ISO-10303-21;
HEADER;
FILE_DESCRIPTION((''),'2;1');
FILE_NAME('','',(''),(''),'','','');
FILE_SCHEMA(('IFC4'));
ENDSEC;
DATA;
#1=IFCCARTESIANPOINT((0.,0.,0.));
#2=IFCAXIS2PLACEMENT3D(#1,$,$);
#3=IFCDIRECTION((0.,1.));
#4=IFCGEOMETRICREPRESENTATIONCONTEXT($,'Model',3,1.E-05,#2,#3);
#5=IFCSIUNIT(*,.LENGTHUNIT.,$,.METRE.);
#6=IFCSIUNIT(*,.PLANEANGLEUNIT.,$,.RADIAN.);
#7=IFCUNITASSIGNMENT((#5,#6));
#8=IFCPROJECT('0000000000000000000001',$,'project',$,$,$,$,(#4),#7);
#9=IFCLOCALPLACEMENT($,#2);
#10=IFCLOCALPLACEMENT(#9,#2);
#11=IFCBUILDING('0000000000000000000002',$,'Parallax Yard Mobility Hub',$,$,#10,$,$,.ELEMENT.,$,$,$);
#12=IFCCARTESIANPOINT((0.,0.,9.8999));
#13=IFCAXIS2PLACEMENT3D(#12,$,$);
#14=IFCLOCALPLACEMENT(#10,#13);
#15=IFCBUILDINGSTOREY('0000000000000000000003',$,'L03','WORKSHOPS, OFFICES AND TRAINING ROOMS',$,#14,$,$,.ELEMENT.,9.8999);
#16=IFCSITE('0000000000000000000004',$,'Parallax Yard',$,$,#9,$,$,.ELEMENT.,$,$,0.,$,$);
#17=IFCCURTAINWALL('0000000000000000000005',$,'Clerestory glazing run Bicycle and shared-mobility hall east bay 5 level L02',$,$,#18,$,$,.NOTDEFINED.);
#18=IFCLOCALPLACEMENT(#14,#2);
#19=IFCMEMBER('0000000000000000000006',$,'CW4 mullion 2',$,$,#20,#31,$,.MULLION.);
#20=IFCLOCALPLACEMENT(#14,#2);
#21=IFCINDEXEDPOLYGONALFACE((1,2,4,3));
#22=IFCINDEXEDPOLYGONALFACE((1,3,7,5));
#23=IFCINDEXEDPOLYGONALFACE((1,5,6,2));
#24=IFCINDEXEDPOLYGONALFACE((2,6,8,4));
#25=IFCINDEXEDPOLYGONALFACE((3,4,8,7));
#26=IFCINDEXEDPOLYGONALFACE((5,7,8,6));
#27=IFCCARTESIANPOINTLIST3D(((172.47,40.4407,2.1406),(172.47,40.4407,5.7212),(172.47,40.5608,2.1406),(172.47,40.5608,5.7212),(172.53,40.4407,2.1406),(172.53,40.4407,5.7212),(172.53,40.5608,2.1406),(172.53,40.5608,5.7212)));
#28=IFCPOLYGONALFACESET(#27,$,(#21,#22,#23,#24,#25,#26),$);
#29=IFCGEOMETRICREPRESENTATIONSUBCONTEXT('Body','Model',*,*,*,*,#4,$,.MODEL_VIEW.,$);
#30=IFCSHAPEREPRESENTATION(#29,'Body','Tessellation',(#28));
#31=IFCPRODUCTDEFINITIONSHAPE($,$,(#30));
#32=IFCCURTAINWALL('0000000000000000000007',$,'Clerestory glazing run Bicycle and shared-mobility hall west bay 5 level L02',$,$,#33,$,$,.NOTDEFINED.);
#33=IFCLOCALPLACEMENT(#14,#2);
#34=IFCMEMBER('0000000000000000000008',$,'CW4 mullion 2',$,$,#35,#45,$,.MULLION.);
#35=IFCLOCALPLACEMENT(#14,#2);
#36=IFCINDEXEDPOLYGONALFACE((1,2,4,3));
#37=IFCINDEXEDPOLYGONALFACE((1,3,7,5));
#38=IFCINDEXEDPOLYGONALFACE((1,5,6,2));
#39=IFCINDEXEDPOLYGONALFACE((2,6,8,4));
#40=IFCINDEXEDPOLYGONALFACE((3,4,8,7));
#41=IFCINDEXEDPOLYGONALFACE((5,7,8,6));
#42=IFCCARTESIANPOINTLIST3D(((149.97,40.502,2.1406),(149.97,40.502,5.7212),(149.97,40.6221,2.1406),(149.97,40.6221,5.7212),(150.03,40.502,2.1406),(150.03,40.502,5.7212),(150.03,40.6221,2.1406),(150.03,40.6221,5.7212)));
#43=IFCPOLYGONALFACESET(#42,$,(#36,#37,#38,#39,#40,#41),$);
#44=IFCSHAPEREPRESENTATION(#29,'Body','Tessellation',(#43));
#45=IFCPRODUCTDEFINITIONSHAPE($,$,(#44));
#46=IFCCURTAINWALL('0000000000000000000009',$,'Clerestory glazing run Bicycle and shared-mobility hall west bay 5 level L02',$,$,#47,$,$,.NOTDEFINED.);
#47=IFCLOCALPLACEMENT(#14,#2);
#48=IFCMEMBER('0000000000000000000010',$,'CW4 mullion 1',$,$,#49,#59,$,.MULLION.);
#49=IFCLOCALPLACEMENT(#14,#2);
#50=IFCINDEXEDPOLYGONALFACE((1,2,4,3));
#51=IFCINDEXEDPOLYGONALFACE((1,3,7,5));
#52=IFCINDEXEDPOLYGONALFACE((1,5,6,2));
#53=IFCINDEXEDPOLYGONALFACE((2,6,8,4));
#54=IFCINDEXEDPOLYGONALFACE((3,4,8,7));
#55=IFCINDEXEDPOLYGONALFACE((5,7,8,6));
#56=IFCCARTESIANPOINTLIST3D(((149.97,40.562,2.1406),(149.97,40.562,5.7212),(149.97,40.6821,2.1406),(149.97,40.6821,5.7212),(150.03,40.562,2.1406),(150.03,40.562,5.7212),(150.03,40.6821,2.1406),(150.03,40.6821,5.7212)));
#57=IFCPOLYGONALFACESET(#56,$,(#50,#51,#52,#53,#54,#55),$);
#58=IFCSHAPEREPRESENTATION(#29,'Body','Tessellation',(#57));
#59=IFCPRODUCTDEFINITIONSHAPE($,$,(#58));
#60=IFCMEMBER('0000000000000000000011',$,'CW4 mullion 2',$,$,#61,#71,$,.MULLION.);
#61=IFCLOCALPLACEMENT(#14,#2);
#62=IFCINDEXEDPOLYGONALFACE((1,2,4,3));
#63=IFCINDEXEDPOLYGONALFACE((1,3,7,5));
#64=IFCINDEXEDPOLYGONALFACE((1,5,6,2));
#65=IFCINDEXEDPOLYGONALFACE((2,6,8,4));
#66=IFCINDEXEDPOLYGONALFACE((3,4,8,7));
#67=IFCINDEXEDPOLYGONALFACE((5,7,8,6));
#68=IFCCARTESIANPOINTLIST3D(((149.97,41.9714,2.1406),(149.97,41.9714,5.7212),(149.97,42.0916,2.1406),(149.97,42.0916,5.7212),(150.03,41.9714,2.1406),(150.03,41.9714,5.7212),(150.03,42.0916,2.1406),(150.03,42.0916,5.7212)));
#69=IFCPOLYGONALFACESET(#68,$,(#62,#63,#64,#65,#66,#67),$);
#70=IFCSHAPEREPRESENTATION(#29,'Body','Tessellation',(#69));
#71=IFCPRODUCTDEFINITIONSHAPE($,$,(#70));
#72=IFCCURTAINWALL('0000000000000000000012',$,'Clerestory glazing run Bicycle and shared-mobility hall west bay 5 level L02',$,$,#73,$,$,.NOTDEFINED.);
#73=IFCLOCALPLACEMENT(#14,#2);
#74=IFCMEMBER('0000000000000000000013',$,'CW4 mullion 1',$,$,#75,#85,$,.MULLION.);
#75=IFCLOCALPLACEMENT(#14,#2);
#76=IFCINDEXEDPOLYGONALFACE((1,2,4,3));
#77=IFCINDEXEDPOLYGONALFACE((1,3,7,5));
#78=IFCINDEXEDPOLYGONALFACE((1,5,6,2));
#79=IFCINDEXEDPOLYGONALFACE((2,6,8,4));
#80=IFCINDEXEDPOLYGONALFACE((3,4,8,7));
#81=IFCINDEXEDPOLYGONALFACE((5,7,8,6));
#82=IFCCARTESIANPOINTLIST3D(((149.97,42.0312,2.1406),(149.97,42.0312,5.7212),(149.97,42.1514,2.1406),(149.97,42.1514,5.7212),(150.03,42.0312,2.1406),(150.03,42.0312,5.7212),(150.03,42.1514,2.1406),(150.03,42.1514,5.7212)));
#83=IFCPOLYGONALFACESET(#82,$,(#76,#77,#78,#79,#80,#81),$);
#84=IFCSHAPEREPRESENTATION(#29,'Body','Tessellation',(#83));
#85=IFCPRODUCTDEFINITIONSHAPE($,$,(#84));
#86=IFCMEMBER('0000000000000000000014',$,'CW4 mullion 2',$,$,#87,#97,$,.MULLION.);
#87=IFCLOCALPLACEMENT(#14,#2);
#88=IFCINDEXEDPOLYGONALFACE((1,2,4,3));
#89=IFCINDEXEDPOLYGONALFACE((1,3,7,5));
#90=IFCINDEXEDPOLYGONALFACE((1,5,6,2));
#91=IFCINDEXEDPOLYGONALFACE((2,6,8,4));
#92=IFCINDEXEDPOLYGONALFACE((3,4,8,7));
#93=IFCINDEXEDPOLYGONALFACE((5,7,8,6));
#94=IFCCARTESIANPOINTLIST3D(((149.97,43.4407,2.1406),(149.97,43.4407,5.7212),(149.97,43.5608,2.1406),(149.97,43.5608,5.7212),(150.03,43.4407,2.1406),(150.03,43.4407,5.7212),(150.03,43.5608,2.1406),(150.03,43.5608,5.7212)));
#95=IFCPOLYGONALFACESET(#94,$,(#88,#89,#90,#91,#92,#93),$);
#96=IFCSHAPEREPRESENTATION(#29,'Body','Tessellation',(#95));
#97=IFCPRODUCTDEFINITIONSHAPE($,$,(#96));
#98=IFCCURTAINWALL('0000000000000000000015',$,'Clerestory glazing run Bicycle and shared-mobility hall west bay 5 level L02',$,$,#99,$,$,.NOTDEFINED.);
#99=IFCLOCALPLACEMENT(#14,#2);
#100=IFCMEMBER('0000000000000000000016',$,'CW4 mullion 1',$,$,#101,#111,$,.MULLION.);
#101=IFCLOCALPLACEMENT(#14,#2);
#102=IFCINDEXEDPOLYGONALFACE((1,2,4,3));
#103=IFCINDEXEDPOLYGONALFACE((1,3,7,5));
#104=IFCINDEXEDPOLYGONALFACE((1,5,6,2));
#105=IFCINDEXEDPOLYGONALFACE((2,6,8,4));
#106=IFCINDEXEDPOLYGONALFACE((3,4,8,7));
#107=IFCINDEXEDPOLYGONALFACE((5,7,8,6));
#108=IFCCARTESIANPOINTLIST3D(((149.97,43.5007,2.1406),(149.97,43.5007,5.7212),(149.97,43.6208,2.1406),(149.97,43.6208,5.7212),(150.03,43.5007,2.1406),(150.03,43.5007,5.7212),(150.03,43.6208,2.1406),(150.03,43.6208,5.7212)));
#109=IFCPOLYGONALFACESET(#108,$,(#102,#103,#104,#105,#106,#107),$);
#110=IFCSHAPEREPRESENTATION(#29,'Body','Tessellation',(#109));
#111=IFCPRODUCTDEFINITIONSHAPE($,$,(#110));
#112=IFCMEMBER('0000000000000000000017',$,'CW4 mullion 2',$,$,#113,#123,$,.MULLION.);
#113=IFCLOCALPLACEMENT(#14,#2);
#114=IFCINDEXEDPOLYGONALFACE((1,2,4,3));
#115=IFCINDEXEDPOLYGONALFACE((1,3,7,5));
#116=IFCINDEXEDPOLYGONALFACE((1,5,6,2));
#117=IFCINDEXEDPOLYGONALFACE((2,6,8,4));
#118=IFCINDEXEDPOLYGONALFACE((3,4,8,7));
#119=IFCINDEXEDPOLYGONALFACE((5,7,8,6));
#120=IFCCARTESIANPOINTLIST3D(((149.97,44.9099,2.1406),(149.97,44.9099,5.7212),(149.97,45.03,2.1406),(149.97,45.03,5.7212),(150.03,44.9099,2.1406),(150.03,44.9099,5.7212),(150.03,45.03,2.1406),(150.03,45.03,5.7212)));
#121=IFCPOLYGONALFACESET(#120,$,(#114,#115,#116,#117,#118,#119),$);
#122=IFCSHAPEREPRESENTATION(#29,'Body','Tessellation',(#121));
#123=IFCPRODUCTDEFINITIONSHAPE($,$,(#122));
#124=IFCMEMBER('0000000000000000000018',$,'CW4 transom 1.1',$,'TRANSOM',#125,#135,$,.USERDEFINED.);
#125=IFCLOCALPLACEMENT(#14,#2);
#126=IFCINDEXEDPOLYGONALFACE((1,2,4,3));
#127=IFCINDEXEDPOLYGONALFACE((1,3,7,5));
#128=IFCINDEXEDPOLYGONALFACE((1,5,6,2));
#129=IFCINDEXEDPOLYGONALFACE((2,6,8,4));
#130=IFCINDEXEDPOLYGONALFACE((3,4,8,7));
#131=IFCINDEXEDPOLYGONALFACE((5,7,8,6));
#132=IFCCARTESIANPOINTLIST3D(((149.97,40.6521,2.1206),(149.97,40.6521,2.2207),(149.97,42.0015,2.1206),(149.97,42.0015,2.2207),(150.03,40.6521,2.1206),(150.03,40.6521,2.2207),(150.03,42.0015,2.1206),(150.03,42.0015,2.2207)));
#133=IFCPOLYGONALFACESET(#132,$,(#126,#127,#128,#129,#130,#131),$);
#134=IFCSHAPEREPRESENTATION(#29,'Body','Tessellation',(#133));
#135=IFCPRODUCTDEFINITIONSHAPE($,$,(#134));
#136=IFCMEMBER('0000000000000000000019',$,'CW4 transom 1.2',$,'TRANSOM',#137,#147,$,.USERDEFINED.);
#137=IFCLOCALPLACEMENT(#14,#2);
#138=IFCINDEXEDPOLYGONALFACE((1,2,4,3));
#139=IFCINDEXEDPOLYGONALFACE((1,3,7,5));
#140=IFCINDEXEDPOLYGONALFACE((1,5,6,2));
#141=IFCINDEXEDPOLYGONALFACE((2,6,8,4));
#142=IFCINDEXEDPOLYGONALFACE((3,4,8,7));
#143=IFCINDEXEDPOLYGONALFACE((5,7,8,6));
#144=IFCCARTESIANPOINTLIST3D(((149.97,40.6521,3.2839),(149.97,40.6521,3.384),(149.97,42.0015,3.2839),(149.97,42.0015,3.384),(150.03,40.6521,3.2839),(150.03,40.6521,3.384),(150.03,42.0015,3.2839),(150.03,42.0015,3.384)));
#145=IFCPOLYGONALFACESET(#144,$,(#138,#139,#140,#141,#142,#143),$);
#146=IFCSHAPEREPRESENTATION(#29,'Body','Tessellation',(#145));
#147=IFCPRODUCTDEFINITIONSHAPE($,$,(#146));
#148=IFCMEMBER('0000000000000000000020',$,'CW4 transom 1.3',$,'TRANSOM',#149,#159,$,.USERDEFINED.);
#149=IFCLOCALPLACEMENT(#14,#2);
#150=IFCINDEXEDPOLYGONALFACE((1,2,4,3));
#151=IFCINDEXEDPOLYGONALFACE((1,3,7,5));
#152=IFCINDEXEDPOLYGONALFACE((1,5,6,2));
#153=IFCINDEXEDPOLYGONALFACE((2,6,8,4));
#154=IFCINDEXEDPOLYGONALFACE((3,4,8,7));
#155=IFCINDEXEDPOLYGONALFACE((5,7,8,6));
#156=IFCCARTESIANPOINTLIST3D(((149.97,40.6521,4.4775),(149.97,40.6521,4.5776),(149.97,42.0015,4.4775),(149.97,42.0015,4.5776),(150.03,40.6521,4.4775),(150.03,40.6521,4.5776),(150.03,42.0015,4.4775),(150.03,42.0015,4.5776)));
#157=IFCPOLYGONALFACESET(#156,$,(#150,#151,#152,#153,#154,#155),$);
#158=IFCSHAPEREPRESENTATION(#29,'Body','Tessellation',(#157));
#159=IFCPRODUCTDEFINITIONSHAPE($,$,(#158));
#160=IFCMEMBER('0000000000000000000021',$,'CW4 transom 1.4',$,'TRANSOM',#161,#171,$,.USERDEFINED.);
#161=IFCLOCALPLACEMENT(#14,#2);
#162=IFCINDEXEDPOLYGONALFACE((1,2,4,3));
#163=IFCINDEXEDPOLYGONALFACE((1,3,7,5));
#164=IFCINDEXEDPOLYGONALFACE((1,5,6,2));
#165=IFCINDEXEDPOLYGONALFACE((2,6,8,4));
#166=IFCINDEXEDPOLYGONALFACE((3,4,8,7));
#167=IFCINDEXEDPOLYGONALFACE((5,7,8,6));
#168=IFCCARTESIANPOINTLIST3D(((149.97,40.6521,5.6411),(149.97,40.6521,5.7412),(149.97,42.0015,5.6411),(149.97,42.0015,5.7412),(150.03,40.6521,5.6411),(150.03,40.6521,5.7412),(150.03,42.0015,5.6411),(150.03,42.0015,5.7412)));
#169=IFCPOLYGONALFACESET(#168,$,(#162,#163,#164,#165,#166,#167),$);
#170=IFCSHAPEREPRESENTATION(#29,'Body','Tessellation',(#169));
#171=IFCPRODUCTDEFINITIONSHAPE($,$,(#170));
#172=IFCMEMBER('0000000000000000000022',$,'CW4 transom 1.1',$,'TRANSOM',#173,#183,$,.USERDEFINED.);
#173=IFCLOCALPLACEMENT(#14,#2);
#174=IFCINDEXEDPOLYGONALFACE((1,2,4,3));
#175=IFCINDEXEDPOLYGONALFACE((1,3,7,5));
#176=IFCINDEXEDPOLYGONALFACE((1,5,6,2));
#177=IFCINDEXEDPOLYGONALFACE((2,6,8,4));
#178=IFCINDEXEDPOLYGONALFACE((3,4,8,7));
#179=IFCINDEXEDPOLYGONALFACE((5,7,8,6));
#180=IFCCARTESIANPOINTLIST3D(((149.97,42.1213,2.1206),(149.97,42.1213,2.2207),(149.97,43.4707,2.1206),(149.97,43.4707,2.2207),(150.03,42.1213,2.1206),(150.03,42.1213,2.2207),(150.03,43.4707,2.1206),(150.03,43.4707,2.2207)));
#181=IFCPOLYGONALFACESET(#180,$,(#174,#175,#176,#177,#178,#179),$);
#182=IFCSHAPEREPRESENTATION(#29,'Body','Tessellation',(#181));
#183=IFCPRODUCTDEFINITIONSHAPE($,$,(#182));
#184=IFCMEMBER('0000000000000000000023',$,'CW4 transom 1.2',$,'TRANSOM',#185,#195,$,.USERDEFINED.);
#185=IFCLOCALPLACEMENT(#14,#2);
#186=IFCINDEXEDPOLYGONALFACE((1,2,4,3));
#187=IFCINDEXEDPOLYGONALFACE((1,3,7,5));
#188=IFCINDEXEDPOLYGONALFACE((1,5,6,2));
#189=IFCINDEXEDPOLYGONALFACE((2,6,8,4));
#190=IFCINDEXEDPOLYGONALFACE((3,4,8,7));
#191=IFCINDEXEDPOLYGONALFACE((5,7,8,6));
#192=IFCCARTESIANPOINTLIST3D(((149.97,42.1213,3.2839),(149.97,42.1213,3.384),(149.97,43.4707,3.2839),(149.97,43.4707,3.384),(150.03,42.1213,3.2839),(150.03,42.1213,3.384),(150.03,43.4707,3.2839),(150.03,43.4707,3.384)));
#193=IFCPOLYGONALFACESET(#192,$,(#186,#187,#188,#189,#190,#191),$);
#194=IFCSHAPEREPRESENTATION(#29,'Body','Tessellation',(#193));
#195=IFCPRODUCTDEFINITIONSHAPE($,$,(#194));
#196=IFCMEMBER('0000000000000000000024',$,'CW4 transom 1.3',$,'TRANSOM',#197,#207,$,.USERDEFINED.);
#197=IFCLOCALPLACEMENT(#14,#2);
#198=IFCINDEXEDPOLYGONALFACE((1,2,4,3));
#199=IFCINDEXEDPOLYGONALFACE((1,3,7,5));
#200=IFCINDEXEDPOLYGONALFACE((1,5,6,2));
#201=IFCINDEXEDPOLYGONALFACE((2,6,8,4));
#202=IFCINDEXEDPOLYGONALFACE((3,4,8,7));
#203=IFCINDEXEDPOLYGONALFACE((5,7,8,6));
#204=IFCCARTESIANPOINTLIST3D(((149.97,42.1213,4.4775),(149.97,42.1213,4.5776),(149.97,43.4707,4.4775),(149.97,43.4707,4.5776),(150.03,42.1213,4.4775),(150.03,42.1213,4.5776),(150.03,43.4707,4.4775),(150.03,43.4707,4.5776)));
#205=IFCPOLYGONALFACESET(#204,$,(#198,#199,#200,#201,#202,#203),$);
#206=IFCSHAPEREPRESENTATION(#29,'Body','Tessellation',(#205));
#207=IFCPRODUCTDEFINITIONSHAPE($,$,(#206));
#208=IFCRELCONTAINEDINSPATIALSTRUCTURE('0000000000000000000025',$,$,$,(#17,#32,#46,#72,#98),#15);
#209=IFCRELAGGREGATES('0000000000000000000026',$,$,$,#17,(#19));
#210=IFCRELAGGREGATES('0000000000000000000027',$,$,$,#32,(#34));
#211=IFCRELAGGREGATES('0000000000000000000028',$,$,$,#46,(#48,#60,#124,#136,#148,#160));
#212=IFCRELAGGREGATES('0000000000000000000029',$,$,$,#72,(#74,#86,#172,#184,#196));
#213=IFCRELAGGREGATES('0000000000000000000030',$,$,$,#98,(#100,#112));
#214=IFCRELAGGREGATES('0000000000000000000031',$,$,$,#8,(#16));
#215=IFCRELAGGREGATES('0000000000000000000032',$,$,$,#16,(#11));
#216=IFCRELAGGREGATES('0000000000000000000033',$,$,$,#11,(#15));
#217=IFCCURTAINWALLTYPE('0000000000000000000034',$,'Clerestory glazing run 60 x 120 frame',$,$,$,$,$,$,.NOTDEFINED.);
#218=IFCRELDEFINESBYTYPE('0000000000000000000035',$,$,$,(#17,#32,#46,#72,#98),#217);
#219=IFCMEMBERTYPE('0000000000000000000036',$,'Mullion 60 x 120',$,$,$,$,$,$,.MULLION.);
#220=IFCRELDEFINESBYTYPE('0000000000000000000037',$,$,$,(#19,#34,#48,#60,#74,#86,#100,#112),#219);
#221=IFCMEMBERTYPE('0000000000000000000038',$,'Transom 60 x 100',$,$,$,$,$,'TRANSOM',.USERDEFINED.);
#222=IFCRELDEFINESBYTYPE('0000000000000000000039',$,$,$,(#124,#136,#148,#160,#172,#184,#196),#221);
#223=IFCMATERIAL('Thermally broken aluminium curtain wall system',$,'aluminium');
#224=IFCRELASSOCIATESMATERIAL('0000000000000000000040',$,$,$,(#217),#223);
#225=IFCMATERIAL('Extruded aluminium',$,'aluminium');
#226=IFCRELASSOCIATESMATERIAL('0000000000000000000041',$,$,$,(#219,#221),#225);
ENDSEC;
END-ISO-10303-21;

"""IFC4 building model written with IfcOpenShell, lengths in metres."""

from ifc_helpers import new_model, si_unit, direction, frame, origin, origin_2d, place, context, subcontext, project, spatial, rectangle, extrude, material, material_profile, profile_set, type_object, element, aggregate, save


model = new_model("IFC4")

# Units and contexts
model_context = context("Model", 3, precision=1e-05, world=origin(), true_north=direction((0.0, 1.0)))
body_context = subcontext(model_context, "Body", "Model", "MODEL_VIEW")
ifc_project = project(units=[si_unit("LENGTHUNIT", "METRE"), si_unit("PLANEANGLEUNIT", "RADIAN")], contexts=[model_context])

# Site, building, storey
site_placement = place(None, origin())
site = spatial("IfcSite", under=ifc_project, at=site_placement, Name="Parallax Yard", CompositionType="ELEMENT", RefElevation=0.0)
building_placement = place(site_placement, origin())
building = spatial("IfcBuilding", under=site, at=building_placement, Name="Parallax Yard Mobility Hub", CompositionType="ELEMENT")
storey_placement = place(building_placement, frame((0.0, 0.0, 9.8999)))
storey = spatial("IfcBuildingStorey", under=building, at=storey_placement, Name="L03", Description="WORKSHOPS, OFFICES AND TRAINING ROOMS", CompositionType="ELEMENT", Elevation=9.8999)

# Curtain walls, members
ifc_material_1 = material(Name="Thermally broken aluminium curtain wall system", Category="aluminium")
curtain_wall_type = type_object("IfcCurtainWallType", Name="Clerestory glazing run 60 x 120 frame", PredefinedType="NOTDEFINED", material=ifc_material_1)
curtain_wall_1_placement = place(storey_placement, origin())
curtain_wall_1 = element("IfcCurtainWall", 1, at=curtain_wall_1_placement, inside=storey, type_object=curtain_wall_type, Name="Clerestory glazing run Bicycle and shared-mobility hall east bay 5 level L02", PredefinedType="NOTDEFINED")
ifc_material_2 = material(Name="Extruded aluminium", Category="aluminium")
ifc_material_profile_1 = material_profile(ifc_material_2, rectangle(XDim=0.0601, YDim=0.1201, at=origin_2d()), Name="Mullion 60 x 120")
ifc_profile_set_1 = profile_set([ifc_material_profile_1], Name="Extruded aluminium")
member_type_1 = type_object("IfcMemberType", Name="Mullion 60 x 120", PredefinedType="MULLION", material=ifc_profile_set_1)
member_1_placement = place(storey_placement, frame((172.5, 40.5007, 2.1406), z_axis=(0.0, 0.0, 1.0), x_axis=(-1.0, 0.0, 0.0)))
member_1 = element("IfcMember", 2, at=member_1_placement, type_object=member_type_1, Name="CW4 mullion 2", PredefinedType="MULLION", context=body_context, shape_type="SweptSolid", body=[
    extrude(rectangle(XDim=0.0601, YDim=0.1201, at=origin_2d()), origin(), (0.0, 0.0, 1.0), 3.5806),
])
aggregate(curtain_wall_1, [member_1])
curtain_wall_2_placement = place(storey_placement, origin())
curtain_wall_2 = element("IfcCurtainWall", 3, at=curtain_wall_2_placement, inside=storey, type_object=curtain_wall_type, Name="Clerestory glazing run Bicycle and shared-mobility hall west bay 5 level L02", PredefinedType="NOTDEFINED")
member_2_placement = place(storey_placement, frame((150.0, 40.562, 2.1406), z_axis=(0.0, 0.0, 1.0), x_axis=(-1.0, 0.0, 0.0)))
member_2 = element("IfcMember", 4, at=member_2_placement, type_object=member_type_1, Name="CW4 mullion 2", PredefinedType="MULLION", context=body_context, shape_type="SweptSolid", body=[
    extrude(rectangle(XDim=0.0601, YDim=0.1201, at=origin_2d()), origin(), (0.0, 0.0, 1.0), 3.5806),
])

# Curtain walls, members
curtain_wall_3_placement = place(storey_placement, origin())
curtain_wall_3 = element("IfcCurtainWall", 5, at=curtain_wall_3_placement, inside=storey, type_object=curtain_wall_type, Name="Clerestory glazing run Bicycle and shared-mobility hall west bay 5 level L02", PredefinedType="NOTDEFINED")
member_3_placement = place(storey_placement, frame((150.0, 40.6221, 2.1406), z_axis=(0.0, 0.0, 1.0), x_axis=(-1.0, 0.0, 0.0)))
member_3 = element("IfcMember", 6, at=member_3_placement, type_object=member_type_1, Name="CW4 mullion 1", PredefinedType="MULLION", context=body_context, shape_type="SweptSolid", body=[
    extrude(rectangle(XDim=0.0601, YDim=0.1201, at=origin_2d()), origin(), (0.0, 0.0, 1.0), 3.5806),
])
member_4_placement = place(storey_placement, frame((150.0, 42.0315, 2.1406), z_axis=(0.0, 0.0, 1.0), x_axis=(-1.0, 0.0, 0.0)))
member_4 = element("IfcMember", 7, at=member_4_placement, type_object=member_type_1, Name="CW4 mullion 2", PredefinedType="MULLION", context=body_context, shape_type="SweptSolid", body=[
    extrude(rectangle(XDim=0.0601, YDim=0.1201, at=origin_2d()), origin(), (0.0, 0.0, 1.0), 3.5806),
])
curtain_wall_4_placement = place(storey_placement, origin())
curtain_wall_4 = element("IfcCurtainWall", 8, at=curtain_wall_4_placement, inside=storey, type_object=curtain_wall_type, Name="Clerestory glazing run Bicycle and shared-mobility hall west bay 5 level L02", PredefinedType="NOTDEFINED")
member_5_placement = place(storey_placement, frame((150.0, 42.0913, 2.1406), z_axis=(0.0, 0.0, 1.0), x_axis=(-1.0, 0.0, 0.0)))
member_5 = element("IfcMember", 9, at=member_5_placement, type_object=member_type_1, Name="CW4 mullion 1", PredefinedType="MULLION", context=body_context, shape_type="SweptSolid", body=[
    extrude(rectangle(XDim=0.0601, YDim=0.1201, at=origin_2d()), origin(), (0.0, 0.0, 1.0), 3.5806),
])
member_6_placement = place(storey_placement, frame((150.0, 43.5007, 2.1406), z_axis=(0.0, 0.0, 1.0), x_axis=(-1.0, 0.0, 0.0)))
member_6 = element("IfcMember", 10, at=member_6_placement, type_object=member_type_1, Name="CW4 mullion 2", PredefinedType="MULLION", context=body_context, shape_type="SweptSolid", body=[
    extrude(rectangle(XDim=0.0601, YDim=0.1201, at=origin_2d()), origin(), (0.0, 0.0, 1.0), 3.5806),
])
curtain_wall_5_placement = place(storey_placement, origin())
curtain_wall_5 = element("IfcCurtainWall", 11, at=curtain_wall_5_placement, inside=storey, type_object=curtain_wall_type, Name="Clerestory glazing run Bicycle and shared-mobility hall west bay 5 level L02", PredefinedType="NOTDEFINED")
member_7_placement = place(storey_placement, frame((150.0, 43.5608, 2.1406), z_axis=(0.0, 0.0, 1.0), x_axis=(-1.0, 0.0, 0.0)))
member_7 = element("IfcMember", 12, at=member_7_placement, type_object=member_type_1, Name="CW4 mullion 1", PredefinedType="MULLION", context=body_context, shape_type="SweptSolid", body=[
    extrude(rectangle(XDim=0.0601, YDim=0.1201, at=origin_2d()), origin(), (0.0, 0.0, 1.0), 3.5806),
])
member_8_placement = place(storey_placement, frame((150.0, 44.97, 2.1406), z_axis=(0.0, 0.0, 1.0), x_axis=(-1.0, 0.0, 0.0)))
member_8 = element("IfcMember", 13, at=member_8_placement, type_object=member_type_1, Name="CW4 mullion 2", PredefinedType="MULLION", context=body_context, shape_type="SweptSolid", body=[
    extrude(rectangle(XDim=0.0601, YDim=0.1201, at=origin_2d()), origin(), (0.0, 0.0, 1.0), 3.5806),
])

# Members
ifc_material_profile_2 = material_profile(ifc_material_2, rectangle(XDim=0.0601, YDim=0.1001, at=origin_2d()), Name="Transom 60 x 100")
ifc_profile_set_2 = profile_set([ifc_material_profile_2], Name="Extruded aluminium")
member_type_2 = type_object("IfcMemberType", Name="Transom 60 x 100", ElementType="TRANSOM", PredefinedType="USERDEFINED", material=ifc_profile_set_2)
member_9_placement = place(storey_placement, frame((150.0, 40.6521, 2.1707), z_axis=(0.0, 1.0, 0.0), x_axis=(-1.0, 0.0, 0.0)))
member_9 = element("IfcMember", 14, at=member_9_placement, type_object=member_type_2, Name="CW4 transom 1.1", ObjectType="TRANSOM", PredefinedType="USERDEFINED", context=body_context, shape_type="SweptSolid", body=[
    extrude(rectangle(XDim=0.0601, YDim=0.1001, at=origin_2d()), origin(), (0.0, 0.0, 1.0), 1.3494),
])
member_10_placement = place(storey_placement, frame((150.0, 40.6521, 3.334), z_axis=(0.0, 1.0, 0.0), x_axis=(-1.0, 0.0, 0.0)))
member_10 = element("IfcMember", 15, at=member_10_placement, type_object=member_type_2, Name="CW4 transom 1.2", ObjectType="TRANSOM", PredefinedType="USERDEFINED", context=body_context, shape_type="SweptSolid", body=[
    extrude(rectangle(XDim=0.0601, YDim=0.1001, at=origin_2d()), origin(), (0.0, 0.0, 1.0), 1.3494),
])
member_11_placement = place(storey_placement, frame((150.0, 40.6521, 4.5276), z_axis=(0.0, 1.0, 0.0), x_axis=(-1.0, 0.0, 0.0)))
member_11 = element("IfcMember", 16, at=member_11_placement, type_object=member_type_2, Name="CW4 transom 1.3", ObjectType="TRANSOM", PredefinedType="USERDEFINED", context=body_context, shape_type="SweptSolid", body=[
    extrude(rectangle(XDim=0.0601, YDim=0.1001, at=origin_2d()), origin(), (0.0, 0.0, 1.0), 1.3494),
])
member_12_placement = place(storey_placement, frame((150.0, 40.6521, 5.6912), z_axis=(0.0, 1.0, 0.0), x_axis=(-1.0, 0.0, 0.0)))
member_12 = element("IfcMember", 17, at=member_12_placement, type_object=member_type_2, Name="CW4 transom 1.4", ObjectType="TRANSOM", PredefinedType="USERDEFINED", context=body_context, shape_type="SweptSolid", body=[
    extrude(rectangle(XDim=0.0601, YDim=0.1001, at=origin_2d()), origin(), (0.0, 0.0, 1.0), 1.3494),
])
member_13_placement = place(storey_placement, frame((150.0, 42.1213, 2.1707), z_axis=(0.0, 1.0, 0.0), x_axis=(-1.0, 0.0, 0.0)))
member_13 = element("IfcMember", 18, at=member_13_placement, type_object=member_type_2, Name="CW4 transom 1.1", ObjectType="TRANSOM", PredefinedType="USERDEFINED", context=body_context, shape_type="SweptSolid", body=[
    extrude(rectangle(XDim=0.0601, YDim=0.1001, at=origin_2d()), origin(), (0.0, 0.0, 1.0), 1.3494),
])
member_14_placement = place(storey_placement, frame((150.0, 42.1213, 3.334), z_axis=(0.0, 1.0, 0.0), x_axis=(-1.0, 0.0, 0.0)))
member_14 = element("IfcMember", 19, at=member_14_placement, type_object=member_type_2, Name="CW4 transom 1.2", ObjectType="TRANSOM", PredefinedType="USERDEFINED", context=body_context, shape_type="SweptSolid", body=[
    extrude(rectangle(XDim=0.0601, YDim=0.1001, at=origin_2d()), origin(), (0.0, 0.0, 1.0), 1.3494),
])
member_15_placement = place(storey_placement, frame((150.0, 42.1213, 4.5276), z_axis=(0.0, 1.0, 0.0), x_axis=(-1.0, 0.0, 0.0)))
member_15 = element("IfcMember", 20, at=member_15_placement, type_object=member_type_2, Name="CW4 transom 1.3", ObjectType="TRANSOM", PredefinedType="USERDEFINED", context=body_context, shape_type="SweptSolid", body=[
    extrude(rectangle(XDim=0.0601, YDim=0.1001, at=origin_2d()), origin(), (0.0, 0.0, 1.0), 1.3494),
])

aggregate(curtain_wall_2, [member_2])
aggregate(curtain_wall_3, [member_3, member_4, member_9, member_10, member_11, member_12])
aggregate(curtain_wall_4, [member_5, member_6, member_13, member_14, member_15])
aggregate(curtain_wall_5, [member_7, member_8])

save(model, "model.ifc")
